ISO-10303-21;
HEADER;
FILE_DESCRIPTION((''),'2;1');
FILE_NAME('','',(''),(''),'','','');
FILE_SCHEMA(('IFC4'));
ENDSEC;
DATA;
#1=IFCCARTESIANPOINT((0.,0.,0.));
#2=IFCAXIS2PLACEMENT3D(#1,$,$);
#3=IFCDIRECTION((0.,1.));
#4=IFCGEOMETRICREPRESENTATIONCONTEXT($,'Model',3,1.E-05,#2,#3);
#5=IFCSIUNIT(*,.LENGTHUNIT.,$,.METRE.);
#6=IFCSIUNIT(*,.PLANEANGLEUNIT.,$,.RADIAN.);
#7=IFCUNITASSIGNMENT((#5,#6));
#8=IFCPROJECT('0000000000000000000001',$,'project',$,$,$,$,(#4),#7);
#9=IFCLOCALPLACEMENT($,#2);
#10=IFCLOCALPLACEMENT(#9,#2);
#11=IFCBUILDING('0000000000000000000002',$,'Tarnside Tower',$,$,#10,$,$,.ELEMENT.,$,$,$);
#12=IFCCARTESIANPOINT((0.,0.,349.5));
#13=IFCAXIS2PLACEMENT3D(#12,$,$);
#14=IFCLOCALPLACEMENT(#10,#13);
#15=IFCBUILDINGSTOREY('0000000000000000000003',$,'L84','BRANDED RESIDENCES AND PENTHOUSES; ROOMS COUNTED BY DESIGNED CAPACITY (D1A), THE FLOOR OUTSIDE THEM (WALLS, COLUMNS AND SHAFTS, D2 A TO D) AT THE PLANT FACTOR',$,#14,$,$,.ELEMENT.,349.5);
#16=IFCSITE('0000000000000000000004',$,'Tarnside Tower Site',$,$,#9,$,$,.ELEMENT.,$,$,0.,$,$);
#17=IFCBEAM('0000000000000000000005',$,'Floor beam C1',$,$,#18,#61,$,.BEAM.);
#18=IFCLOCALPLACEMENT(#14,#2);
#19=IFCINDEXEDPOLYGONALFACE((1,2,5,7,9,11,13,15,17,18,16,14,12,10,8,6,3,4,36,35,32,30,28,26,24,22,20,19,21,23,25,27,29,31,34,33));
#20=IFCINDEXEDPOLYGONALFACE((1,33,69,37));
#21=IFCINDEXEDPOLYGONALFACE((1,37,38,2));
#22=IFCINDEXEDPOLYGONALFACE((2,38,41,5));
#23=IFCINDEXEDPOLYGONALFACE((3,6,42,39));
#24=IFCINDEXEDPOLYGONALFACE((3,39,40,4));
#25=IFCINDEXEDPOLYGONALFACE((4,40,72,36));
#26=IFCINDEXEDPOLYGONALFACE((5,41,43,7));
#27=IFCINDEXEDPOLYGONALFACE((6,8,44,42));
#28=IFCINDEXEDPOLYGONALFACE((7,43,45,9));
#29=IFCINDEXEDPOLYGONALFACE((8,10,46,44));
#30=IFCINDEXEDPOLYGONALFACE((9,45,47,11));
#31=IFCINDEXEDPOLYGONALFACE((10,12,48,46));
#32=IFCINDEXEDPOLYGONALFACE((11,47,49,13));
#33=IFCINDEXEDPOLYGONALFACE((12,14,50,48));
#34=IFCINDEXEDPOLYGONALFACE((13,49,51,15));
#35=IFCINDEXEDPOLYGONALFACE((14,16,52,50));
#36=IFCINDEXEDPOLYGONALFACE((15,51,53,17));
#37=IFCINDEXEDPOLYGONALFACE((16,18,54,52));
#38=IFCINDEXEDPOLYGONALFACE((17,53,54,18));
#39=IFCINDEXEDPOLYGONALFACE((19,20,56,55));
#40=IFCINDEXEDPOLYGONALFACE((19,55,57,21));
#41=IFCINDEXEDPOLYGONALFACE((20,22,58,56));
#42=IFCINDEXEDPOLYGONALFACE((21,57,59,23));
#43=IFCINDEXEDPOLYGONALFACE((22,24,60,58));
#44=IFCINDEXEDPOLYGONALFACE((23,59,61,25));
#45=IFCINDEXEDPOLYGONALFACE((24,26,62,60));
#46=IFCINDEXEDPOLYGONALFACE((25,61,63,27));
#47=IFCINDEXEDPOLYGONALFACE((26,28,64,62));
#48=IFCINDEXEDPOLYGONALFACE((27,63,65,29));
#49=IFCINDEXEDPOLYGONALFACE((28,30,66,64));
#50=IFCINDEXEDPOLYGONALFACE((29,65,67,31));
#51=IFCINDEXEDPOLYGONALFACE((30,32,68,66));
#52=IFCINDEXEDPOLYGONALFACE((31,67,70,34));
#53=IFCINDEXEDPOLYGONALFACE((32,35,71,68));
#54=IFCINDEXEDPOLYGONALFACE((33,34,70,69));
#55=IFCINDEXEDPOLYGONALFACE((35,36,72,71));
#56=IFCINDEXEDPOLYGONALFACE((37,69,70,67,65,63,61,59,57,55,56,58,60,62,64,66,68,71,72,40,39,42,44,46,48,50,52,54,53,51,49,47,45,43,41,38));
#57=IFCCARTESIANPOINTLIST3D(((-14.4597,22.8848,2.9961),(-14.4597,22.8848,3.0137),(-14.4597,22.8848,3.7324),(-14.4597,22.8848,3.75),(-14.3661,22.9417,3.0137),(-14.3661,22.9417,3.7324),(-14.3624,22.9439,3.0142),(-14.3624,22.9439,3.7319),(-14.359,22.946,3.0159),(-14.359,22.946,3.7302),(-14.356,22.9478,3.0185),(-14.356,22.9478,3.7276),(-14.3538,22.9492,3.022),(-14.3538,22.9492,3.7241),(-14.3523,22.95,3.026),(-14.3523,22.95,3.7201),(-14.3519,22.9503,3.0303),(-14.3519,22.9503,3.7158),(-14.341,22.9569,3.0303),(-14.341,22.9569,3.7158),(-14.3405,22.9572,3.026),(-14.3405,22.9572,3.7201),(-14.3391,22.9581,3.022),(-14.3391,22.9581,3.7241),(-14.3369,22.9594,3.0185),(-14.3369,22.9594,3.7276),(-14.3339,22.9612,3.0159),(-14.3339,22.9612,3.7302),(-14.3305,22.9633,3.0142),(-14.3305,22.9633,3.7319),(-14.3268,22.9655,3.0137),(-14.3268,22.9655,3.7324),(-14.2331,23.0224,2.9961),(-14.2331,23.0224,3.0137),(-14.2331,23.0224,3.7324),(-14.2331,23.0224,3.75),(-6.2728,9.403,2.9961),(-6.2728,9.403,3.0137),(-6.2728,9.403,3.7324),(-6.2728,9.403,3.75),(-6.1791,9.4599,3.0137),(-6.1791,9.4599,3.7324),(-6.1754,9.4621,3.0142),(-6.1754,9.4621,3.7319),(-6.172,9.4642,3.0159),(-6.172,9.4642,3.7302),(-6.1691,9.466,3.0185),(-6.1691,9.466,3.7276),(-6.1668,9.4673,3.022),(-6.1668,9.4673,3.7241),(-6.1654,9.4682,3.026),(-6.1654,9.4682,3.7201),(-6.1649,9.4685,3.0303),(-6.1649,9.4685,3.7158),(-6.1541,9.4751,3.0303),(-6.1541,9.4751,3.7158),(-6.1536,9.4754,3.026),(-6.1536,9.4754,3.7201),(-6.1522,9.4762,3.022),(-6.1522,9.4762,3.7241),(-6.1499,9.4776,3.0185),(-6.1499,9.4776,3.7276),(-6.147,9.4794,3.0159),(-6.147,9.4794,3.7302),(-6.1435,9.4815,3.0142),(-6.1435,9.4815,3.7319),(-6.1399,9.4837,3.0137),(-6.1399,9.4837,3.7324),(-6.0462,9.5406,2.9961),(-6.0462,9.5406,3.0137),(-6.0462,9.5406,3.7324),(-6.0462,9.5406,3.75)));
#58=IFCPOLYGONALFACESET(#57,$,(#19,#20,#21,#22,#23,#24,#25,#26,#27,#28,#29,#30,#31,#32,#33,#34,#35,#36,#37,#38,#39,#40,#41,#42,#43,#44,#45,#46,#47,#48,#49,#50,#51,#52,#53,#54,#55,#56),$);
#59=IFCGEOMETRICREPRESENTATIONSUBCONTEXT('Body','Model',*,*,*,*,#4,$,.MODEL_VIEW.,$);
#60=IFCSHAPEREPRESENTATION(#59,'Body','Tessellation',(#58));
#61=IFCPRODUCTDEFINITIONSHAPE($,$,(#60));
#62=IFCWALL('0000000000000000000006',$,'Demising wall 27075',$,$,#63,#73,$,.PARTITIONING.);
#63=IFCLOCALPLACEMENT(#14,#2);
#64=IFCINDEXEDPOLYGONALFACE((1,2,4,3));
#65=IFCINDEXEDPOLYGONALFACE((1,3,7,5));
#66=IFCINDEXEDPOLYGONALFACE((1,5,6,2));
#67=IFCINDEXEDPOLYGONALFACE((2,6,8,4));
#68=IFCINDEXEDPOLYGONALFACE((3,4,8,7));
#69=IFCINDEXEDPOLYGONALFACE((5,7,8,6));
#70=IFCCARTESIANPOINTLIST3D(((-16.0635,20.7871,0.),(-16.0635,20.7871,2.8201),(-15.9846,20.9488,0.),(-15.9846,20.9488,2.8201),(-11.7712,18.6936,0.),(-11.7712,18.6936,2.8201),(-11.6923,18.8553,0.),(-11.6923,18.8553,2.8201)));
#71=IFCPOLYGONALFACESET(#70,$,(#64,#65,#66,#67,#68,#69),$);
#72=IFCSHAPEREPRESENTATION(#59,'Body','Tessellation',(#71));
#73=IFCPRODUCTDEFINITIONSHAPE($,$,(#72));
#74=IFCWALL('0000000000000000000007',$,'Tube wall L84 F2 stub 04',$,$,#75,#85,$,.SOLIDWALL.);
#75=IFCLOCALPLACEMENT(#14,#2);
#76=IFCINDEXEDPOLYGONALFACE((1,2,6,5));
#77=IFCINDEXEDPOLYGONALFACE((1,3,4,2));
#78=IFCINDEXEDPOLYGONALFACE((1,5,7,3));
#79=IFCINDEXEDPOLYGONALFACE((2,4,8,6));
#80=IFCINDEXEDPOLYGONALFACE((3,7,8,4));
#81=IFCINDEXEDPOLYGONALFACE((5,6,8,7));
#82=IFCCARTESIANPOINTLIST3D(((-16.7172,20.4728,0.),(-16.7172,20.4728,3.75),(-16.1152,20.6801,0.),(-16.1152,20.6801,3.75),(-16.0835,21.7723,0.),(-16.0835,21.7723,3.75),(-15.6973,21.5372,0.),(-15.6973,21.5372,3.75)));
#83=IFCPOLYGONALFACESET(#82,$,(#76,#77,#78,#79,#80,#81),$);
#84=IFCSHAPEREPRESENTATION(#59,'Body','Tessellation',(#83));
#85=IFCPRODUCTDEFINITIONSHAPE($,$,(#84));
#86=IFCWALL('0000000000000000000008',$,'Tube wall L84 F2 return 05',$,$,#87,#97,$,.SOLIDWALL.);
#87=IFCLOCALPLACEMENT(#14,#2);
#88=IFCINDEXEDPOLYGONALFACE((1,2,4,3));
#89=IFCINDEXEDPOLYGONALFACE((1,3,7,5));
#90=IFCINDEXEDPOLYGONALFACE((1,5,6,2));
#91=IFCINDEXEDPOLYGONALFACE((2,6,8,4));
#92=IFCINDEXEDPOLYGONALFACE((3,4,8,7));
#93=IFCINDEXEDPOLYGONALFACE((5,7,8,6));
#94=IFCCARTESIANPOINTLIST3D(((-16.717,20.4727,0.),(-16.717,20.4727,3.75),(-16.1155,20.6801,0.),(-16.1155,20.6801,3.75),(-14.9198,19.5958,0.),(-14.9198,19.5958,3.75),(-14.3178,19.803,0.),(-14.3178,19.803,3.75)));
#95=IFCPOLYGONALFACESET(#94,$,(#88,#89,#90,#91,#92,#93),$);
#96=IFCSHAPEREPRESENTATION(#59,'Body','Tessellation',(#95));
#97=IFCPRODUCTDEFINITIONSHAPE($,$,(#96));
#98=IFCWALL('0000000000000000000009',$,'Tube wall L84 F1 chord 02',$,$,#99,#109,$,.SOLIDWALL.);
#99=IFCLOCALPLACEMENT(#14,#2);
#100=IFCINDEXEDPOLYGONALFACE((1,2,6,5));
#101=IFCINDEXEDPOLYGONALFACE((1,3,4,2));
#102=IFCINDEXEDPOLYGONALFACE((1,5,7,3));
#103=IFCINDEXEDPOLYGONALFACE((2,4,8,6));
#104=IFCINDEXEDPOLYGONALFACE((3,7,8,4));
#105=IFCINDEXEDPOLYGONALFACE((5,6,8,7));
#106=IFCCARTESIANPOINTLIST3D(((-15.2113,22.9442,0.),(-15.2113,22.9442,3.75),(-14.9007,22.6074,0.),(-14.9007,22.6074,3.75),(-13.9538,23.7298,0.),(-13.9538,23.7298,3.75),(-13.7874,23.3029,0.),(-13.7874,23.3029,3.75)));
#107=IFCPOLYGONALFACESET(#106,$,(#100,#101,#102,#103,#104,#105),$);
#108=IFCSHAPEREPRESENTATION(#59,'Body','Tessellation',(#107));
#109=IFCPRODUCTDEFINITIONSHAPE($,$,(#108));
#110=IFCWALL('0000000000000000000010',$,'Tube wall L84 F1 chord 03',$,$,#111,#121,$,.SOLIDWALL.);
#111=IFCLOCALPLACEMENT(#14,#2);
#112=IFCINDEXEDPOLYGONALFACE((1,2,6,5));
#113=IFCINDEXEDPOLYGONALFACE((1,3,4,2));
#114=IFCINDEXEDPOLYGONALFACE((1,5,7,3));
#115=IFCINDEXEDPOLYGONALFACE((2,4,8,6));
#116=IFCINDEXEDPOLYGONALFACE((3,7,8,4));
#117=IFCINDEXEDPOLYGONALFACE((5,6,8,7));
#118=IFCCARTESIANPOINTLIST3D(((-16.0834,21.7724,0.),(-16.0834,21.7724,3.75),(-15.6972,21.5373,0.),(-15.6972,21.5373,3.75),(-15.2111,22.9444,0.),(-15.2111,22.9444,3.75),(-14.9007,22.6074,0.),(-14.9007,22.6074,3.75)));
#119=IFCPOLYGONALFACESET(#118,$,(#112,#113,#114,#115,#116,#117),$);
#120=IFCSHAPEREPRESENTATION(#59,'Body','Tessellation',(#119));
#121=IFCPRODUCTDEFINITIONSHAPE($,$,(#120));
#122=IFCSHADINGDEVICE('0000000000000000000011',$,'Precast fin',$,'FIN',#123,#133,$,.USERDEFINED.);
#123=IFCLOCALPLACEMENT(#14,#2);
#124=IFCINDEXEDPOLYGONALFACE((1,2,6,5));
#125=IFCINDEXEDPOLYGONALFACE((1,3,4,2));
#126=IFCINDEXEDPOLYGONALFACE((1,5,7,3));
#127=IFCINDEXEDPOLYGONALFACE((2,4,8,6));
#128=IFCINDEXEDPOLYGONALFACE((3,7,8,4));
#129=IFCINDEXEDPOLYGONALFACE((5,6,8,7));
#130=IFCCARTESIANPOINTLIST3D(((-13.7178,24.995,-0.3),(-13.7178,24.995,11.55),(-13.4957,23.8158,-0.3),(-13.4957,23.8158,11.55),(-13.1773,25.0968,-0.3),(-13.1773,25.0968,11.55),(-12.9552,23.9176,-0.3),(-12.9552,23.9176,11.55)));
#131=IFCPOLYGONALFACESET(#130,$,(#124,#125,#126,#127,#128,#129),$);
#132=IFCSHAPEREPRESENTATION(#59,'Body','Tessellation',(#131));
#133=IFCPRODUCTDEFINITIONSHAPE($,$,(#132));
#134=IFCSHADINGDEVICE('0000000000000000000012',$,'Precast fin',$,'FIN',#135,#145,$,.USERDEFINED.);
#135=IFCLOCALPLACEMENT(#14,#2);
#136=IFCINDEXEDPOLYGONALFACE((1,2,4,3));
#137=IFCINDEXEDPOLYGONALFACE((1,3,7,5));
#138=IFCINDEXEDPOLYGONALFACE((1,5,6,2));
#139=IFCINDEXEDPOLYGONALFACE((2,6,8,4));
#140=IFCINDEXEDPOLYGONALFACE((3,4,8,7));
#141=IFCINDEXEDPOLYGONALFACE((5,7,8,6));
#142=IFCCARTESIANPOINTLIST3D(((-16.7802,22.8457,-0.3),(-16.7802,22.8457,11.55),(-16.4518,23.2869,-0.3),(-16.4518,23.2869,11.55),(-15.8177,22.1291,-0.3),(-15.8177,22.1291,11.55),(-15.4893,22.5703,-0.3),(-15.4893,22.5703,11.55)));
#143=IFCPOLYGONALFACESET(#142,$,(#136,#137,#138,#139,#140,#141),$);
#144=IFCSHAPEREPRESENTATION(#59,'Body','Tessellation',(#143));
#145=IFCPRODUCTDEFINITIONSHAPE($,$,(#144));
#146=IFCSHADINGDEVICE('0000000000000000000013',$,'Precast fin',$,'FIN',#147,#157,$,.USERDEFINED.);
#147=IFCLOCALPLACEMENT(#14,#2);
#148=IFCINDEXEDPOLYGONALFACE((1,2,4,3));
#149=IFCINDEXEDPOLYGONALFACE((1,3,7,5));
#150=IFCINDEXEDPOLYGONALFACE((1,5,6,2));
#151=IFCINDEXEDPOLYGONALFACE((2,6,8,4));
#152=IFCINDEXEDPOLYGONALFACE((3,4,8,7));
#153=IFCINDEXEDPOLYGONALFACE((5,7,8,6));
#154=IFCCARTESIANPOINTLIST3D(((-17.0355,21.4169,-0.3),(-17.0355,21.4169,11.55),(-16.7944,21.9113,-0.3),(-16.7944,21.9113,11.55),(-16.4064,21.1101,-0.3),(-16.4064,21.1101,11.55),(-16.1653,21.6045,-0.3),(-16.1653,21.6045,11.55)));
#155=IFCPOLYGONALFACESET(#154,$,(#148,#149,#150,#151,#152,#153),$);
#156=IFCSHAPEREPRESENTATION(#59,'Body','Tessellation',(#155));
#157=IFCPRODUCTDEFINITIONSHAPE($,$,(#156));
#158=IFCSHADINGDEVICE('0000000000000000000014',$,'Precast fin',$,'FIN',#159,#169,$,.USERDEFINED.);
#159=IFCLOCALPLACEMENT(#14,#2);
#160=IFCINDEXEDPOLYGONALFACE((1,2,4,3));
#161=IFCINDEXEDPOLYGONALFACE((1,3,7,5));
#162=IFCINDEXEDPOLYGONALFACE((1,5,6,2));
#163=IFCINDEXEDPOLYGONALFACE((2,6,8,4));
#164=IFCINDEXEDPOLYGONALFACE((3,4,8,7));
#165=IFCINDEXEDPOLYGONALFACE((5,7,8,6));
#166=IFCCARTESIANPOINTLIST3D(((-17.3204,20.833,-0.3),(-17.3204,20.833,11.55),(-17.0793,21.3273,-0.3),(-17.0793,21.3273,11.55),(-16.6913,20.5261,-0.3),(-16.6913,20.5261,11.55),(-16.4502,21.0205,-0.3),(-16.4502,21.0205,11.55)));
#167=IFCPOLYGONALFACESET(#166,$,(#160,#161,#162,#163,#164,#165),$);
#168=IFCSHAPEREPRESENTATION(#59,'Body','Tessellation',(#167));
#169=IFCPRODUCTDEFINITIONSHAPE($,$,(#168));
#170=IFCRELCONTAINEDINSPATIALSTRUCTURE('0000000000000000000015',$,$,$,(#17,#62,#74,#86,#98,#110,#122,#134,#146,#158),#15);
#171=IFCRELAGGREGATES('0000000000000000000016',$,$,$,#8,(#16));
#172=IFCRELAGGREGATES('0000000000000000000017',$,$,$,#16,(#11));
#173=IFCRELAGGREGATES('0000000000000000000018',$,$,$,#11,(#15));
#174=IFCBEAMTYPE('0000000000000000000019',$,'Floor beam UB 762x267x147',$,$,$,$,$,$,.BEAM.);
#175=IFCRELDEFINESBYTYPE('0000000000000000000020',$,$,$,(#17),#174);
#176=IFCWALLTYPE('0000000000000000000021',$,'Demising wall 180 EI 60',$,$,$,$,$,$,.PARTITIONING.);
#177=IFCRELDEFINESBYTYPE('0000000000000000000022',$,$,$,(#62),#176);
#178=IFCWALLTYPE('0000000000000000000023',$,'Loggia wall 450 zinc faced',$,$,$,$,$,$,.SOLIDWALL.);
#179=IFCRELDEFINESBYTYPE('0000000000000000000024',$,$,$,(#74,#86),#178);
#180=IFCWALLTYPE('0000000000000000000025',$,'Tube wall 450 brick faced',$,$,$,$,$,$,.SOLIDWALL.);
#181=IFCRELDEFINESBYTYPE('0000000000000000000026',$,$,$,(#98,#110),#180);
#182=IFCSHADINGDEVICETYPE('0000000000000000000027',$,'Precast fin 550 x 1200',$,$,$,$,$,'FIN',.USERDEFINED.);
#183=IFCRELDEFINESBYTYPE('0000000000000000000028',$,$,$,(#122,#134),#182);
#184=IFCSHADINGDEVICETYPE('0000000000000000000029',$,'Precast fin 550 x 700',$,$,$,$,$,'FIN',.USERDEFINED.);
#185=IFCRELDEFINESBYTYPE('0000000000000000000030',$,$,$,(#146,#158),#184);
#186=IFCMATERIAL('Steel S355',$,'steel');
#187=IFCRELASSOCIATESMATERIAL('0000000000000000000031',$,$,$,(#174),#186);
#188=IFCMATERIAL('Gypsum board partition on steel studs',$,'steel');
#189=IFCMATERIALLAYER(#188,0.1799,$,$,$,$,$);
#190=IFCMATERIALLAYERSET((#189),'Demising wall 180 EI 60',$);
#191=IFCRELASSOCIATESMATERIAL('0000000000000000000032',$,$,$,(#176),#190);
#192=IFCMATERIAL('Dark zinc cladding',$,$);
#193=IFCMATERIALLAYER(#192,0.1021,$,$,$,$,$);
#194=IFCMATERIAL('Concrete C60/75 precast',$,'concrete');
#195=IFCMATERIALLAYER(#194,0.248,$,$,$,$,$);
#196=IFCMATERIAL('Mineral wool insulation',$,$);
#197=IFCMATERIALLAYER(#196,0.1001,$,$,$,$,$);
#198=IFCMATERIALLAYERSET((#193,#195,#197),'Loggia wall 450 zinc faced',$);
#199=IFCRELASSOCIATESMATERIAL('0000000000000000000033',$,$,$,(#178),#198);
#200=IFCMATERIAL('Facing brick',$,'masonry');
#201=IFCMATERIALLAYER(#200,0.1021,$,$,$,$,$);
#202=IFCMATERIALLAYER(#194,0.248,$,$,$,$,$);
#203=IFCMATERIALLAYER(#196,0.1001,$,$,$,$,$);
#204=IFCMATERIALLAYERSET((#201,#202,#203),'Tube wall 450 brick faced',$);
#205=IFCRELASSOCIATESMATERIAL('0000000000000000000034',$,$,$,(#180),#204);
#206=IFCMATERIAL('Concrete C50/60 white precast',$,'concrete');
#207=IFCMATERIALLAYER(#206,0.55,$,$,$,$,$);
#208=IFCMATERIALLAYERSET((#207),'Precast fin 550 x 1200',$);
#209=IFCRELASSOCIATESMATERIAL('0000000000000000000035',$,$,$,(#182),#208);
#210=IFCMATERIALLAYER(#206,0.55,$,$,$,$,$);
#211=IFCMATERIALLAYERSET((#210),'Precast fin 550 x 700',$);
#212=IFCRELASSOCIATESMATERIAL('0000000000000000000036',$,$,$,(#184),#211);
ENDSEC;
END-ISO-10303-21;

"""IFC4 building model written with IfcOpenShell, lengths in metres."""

from ifc_helpers import new_model, si_unit, direction, frame, frame_2d, origin, origin_2d, place, context, subcontext, project, spatial, polyline, rectangle, i_section, outline, extrude, material, layer, layer_set, material_profile, profile_set, type_object, element, save


model = new_model("IFC4")

# Units and contexts
model_context = context("Model", 3, precision=1e-05, world=origin(), true_north=direction((0.0, 1.0)))
body_context = subcontext(model_context, "Body", "Model", "MODEL_VIEW")
ifc_project = project(units=[si_unit("LENGTHUNIT", "METRE"), si_unit("PLANEANGLEUNIT", "RADIAN")], contexts=[model_context])

# Site, building, storey
site_placement = place(None, origin())
site = spatial("IfcSite", under=ifc_project, at=site_placement, Name="Tarnside Tower Site", CompositionType="ELEMENT", RefElevation=0.0)
building_placement = place(site_placement, origin())
building = spatial("IfcBuilding", under=site, at=building_placement, Name="Tarnside Tower", CompositionType="ELEMENT")
storey_placement = place(building_placement, frame((0.0, 0.0, 349.5)))
storey = spatial("IfcBuildingStorey", under=building, at=storey_placement, Name="L84", Description="BRANDED RESIDENCES AND PENTHOUSES; ROOMS COUNTED BY DESIGNED CAPACITY (D1A), THE FLOOR OUTSIDE THEM (WALLS, COLUMNS AND SHAFTS, D2 A TO D) AT THE PLANT FACTOR", CompositionType="ELEMENT", Elevation=349.5)

# Beam
ifc_material_1 = material(Name="Steel S355", Category="steel")
ifc_material_profile = material_profile(ifc_material_1, i_section(OverallWidth=0.2651, OverallDepth=0.7539, WebThickness=0.0127, FlangeThickness=0.0176, FilletRadius=0.0166, at=origin_2d()), Name="UB 762x267x147")
ifc_profile_set = profile_set([ifc_material_profile], Name="Steel S355")
beam_type = type_object("IfcBeamType", Name="Floor beam UB 762x267x147", PredefinedType="BEAM", material=ifc_profile_set)
beam_placement = place(storey_placement, frame((-14.3464, 22.9536, 3.373), z_axis=(0.51905, -0.854744, 0.0), x_axis=(0.854744, 0.51905, 0.0)))
element("IfcBeam", 1, at=beam_placement, inside=storey, type_object=beam_type, Name="Floor beam C1", PredefinedType="BEAM", context=body_context, shape_type="SweptSolid", body=[
    extrude(i_section(OverallWidth=0.2651, OverallDepth=0.7539, WebThickness=0.0127, FlangeThickness=0.0176, FilletRadius=0.0166, at=origin_2d()), origin(), (0.0, 0.0, 1.0), 15.7729),
])

# Walls
ifc_material_2 = material(Name="Gypsum board partition on steel studs", Category="steel")
ifc_layer_1 = layer(ifc_material_2, 0.1799)
ifc_layer_set_1 = layer_set([ifc_layer_1], Name="Demising wall 180 EI 60")
wall_type_1 = type_object("IfcWallType", Name="Demising wall 180 EI 60", PredefinedType="PARTITIONING", material=ifc_layer_set_1)
wall_1_placement = place(storey_placement, frame((-16.0239, 20.8679, 0.0), z_axis=(0.0, 0.0, 1.0), x_axis=(0.898791, -0.438378, 0.0)))
element("IfcWall", 2, at=wall_1_placement, inside=storey, type_object=wall_type_1, Name="Demising wall 27075", PredefinedType="PARTITIONING", context=body_context, shape_type="SweptSolid", body=[
    extrude(rectangle(XDim=4.7756, YDim=0.1799, at=frame_2d((2.3877, 0.0))), origin(), (0.0, 0.0, 1.0), 2.8201),
])
ifc_material_3 = material(Name="Dark zinc cladding")
ifc_layer_2 = layer(ifc_material_3, 0.1021)
ifc_material_4 = material(Name="Concrete C60/75 precast", Category="concrete")
ifc_layer_3 = layer(ifc_material_4, 0.248)
ifc_material_5 = material(Name="Mineral wool insulation")
ifc_layer_4 = layer(ifc_material_5, 0.1001)
ifc_layer_set_2 = layer_set([ifc_layer_2, ifc_layer_3, ifc_layer_4], Name="Loggia wall 450 zinc faced")
wall_type_2 = type_object("IfcWallType", Name="Loggia wall 450 zinc faced", PredefinedType="SOLIDWALL", material=ifc_layer_set_2)
wall_2_placement = place(storey_placement, frame((-15.8904, 21.6548, 0.0), z_axis=(0.0, 0.0, 1.0), x_axis=(-0.438319, -0.898819, 0.0)))
element("IfcWall", 3, at=wall_2_placement, inside=storey, type_object=wall_type_2, Name="Tube wall L84 F2 stub 04", PredefinedType="SOLIDWALL", context=body_context, shape_type="SweptSolid", body=[
    extrude(outline(polyline([(-0.021, -0.2251), (1.4248, -0.2251), (0.9746, 0.2251), (0.021, 0.2251), (-0.021, -0.2251)])), origin(), (0.0, 0.0, 1.0), 3.75),
])
wall_3_placement = place(storey_placement, frame((-16.4163, 20.5764, 0.0), z_axis=(0.0, 0.0, 1.0), x_axis=(0.898731, -0.438501, 0.0)))
element("IfcWall", 4, at=wall_3_placement, inside=storey, type_object=wall_type_2, Name="Tube wall L84 F2 return 05", PredefinedType="SOLIDWALL", context=body_context, shape_type="SweptSolid", body=[
    extrude(outline(polyline([(-0.2249, -0.2251), (1.7749, -0.2251), (2.2251, 0.2251), (0.2249, 0.2251), (-0.2249, -0.2251)])), origin(), (0.0, 0.0, 1.0), 3.75),
])

# Walls
ifc_material_6 = material(Name="Facing brick", Category="masonry")
ifc_layer_5 = layer(ifc_material_6, 0.1021)
ifc_layer_6 = layer(ifc_material_4, 0.248)
ifc_layer_7 = layer(ifc_material_5, 0.1001)
ifc_layer_set_3 = layer_set([ifc_layer_5, ifc_layer_6, ifc_layer_7], Name="Tube wall 450 brick faced")
wall_type_3 = type_object("IfcWallType", Name="Tube wall 450 brick faced", PredefinedType="SOLIDWALL", material=ifc_layer_set_3)
wall_4_placement = place(storey_placement, frame((-13.8706, 23.5164, 0.0), z_axis=(0.0, 0.0, 1.0), x_axis=(-0.848106, -0.529826, 0.0)))
element("IfcWall", 5, at=wall_4_placement, inside=storey, type_object=wall_type_3, Name="Tube wall L84 F1 chord 02", PredefinedType="SOLIDWALL", context=body_context, shape_type="SweptSolid", body=[
    extrude(outline(polyline([(-0.0425, -0.2251), (1.4402, -0.2251), (1.3552, 0.2251), (0.0425, 0.2251), (-0.0425, -0.2251)])), origin(), (0.0, 0.0, 1.0), 3.75),
])
wall_5_placement = place(storey_placement, frame((-15.0559, 22.7759, 0.0), z_axis=(0.0, 0.0, 1.0), x_axis=(-0.597089, -0.802175, 0.0)))
element("IfcWall", 6, at=wall_5_placement, inside=storey, type_object=wall_type_3, Name="Tube wall L84 F1 chord 03", PredefinedType="SOLIDWALL", context=body_context, shape_type="SweptSolid", body=[
    extrude(outline(polyline([(-0.0425, -0.2251), (1.4185, -0.2251), (1.3765, 0.2251), (0.0425, 0.2251), (-0.0425, -0.2251)])), origin(), (0.0, 0.0, 1.0), 3.75),
])

# Shading devices
ifc_material_7 = material(Name="Concrete C50/60 white precast", Category="concrete")
ifc_layer_8 = layer(ifc_material_7, 0.55)
ifc_layer_set_4 = layer_set([ifc_layer_8], Name="Precast fin 550 x 1200")
shading_device_type_1 = type_object("IfcShadingDeviceType", Name="Precast fin 550 x 1200", ElementType="FIN", PredefinedType="USERDEFINED", material=ifc_layer_set_4)
for number, where, z_axis, x_axis, name in (
    (7, (-13.2256, 23.8667, -0.3), (0.982721, 0.185095, 0.0), (-0.185095, 0.982721, 0.0), "Precast fin"),
    (8, (-15.6536, 22.3496, -0.3), (0.597159, 0.802123, 0.0), (-0.802123, 0.597159, 0.0), "Precast fin"),
):
    element("IfcShadingDevice", number, at=place(storey_placement, frame(where, z_axis=z_axis, x_axis=x_axis)), inside=storey, type_object=shading_device_type_1, Name=name, ObjectType="FIN", PredefinedType="USERDEFINED", context=body_context, shape_type="SweptSolid", body=[
        extrude(outline(polyline([(0.0, 0.0), (1.2, 0.0), (1.2, 11.8501), (0.0, 11.8501), (0.0, 0.0)])), frame((0.0, 0.0, -0.2749)), (0.0, 0.0, 1.0), 0.55),
    ])
ifc_layer_9 = layer(ifc_material_7, 0.55)
ifc_layer_set_5 = layer_set([ifc_layer_9], Name="Precast fin 550 x 700")
shading_device_type_2 = type_object("IfcShadingDeviceType", Name="Precast fin 550 x 700", ElementType="FIN", PredefinedType="USERDEFINED", material=ifc_layer_set_5)
for number, where, z_axis, x_axis, name in (
    (9, (-16.2859, 21.3572, -0.3), (0.438371, 0.898794, 0.0), (-0.898794, 0.438371, 0.0), "Precast fin"),
    (10, (-16.5708, 20.7732, -0.3), (0.438371, 0.898794, 0.0), (-0.898794, 0.438371, 0.0), "Precast fin"),
):
    element("IfcShadingDevice", number, at=place(storey_placement, frame(where, z_axis=z_axis, x_axis=x_axis)), inside=storey, type_object=shading_device_type_2, Name=name, ObjectType="FIN", PredefinedType="USERDEFINED", context=body_context, shape_type="SweptSolid", body=[
        extrude(outline(polyline([(0.0, 0.0), (0.7, 0.0), (0.7, 11.8501), (0.0, 11.8501), (0.0, 0.0)])), frame((0.0, 0.0, -0.2749)), (0.0, 0.0, 1.0), 0.55),
    ])

save(model, "model.ifc")
